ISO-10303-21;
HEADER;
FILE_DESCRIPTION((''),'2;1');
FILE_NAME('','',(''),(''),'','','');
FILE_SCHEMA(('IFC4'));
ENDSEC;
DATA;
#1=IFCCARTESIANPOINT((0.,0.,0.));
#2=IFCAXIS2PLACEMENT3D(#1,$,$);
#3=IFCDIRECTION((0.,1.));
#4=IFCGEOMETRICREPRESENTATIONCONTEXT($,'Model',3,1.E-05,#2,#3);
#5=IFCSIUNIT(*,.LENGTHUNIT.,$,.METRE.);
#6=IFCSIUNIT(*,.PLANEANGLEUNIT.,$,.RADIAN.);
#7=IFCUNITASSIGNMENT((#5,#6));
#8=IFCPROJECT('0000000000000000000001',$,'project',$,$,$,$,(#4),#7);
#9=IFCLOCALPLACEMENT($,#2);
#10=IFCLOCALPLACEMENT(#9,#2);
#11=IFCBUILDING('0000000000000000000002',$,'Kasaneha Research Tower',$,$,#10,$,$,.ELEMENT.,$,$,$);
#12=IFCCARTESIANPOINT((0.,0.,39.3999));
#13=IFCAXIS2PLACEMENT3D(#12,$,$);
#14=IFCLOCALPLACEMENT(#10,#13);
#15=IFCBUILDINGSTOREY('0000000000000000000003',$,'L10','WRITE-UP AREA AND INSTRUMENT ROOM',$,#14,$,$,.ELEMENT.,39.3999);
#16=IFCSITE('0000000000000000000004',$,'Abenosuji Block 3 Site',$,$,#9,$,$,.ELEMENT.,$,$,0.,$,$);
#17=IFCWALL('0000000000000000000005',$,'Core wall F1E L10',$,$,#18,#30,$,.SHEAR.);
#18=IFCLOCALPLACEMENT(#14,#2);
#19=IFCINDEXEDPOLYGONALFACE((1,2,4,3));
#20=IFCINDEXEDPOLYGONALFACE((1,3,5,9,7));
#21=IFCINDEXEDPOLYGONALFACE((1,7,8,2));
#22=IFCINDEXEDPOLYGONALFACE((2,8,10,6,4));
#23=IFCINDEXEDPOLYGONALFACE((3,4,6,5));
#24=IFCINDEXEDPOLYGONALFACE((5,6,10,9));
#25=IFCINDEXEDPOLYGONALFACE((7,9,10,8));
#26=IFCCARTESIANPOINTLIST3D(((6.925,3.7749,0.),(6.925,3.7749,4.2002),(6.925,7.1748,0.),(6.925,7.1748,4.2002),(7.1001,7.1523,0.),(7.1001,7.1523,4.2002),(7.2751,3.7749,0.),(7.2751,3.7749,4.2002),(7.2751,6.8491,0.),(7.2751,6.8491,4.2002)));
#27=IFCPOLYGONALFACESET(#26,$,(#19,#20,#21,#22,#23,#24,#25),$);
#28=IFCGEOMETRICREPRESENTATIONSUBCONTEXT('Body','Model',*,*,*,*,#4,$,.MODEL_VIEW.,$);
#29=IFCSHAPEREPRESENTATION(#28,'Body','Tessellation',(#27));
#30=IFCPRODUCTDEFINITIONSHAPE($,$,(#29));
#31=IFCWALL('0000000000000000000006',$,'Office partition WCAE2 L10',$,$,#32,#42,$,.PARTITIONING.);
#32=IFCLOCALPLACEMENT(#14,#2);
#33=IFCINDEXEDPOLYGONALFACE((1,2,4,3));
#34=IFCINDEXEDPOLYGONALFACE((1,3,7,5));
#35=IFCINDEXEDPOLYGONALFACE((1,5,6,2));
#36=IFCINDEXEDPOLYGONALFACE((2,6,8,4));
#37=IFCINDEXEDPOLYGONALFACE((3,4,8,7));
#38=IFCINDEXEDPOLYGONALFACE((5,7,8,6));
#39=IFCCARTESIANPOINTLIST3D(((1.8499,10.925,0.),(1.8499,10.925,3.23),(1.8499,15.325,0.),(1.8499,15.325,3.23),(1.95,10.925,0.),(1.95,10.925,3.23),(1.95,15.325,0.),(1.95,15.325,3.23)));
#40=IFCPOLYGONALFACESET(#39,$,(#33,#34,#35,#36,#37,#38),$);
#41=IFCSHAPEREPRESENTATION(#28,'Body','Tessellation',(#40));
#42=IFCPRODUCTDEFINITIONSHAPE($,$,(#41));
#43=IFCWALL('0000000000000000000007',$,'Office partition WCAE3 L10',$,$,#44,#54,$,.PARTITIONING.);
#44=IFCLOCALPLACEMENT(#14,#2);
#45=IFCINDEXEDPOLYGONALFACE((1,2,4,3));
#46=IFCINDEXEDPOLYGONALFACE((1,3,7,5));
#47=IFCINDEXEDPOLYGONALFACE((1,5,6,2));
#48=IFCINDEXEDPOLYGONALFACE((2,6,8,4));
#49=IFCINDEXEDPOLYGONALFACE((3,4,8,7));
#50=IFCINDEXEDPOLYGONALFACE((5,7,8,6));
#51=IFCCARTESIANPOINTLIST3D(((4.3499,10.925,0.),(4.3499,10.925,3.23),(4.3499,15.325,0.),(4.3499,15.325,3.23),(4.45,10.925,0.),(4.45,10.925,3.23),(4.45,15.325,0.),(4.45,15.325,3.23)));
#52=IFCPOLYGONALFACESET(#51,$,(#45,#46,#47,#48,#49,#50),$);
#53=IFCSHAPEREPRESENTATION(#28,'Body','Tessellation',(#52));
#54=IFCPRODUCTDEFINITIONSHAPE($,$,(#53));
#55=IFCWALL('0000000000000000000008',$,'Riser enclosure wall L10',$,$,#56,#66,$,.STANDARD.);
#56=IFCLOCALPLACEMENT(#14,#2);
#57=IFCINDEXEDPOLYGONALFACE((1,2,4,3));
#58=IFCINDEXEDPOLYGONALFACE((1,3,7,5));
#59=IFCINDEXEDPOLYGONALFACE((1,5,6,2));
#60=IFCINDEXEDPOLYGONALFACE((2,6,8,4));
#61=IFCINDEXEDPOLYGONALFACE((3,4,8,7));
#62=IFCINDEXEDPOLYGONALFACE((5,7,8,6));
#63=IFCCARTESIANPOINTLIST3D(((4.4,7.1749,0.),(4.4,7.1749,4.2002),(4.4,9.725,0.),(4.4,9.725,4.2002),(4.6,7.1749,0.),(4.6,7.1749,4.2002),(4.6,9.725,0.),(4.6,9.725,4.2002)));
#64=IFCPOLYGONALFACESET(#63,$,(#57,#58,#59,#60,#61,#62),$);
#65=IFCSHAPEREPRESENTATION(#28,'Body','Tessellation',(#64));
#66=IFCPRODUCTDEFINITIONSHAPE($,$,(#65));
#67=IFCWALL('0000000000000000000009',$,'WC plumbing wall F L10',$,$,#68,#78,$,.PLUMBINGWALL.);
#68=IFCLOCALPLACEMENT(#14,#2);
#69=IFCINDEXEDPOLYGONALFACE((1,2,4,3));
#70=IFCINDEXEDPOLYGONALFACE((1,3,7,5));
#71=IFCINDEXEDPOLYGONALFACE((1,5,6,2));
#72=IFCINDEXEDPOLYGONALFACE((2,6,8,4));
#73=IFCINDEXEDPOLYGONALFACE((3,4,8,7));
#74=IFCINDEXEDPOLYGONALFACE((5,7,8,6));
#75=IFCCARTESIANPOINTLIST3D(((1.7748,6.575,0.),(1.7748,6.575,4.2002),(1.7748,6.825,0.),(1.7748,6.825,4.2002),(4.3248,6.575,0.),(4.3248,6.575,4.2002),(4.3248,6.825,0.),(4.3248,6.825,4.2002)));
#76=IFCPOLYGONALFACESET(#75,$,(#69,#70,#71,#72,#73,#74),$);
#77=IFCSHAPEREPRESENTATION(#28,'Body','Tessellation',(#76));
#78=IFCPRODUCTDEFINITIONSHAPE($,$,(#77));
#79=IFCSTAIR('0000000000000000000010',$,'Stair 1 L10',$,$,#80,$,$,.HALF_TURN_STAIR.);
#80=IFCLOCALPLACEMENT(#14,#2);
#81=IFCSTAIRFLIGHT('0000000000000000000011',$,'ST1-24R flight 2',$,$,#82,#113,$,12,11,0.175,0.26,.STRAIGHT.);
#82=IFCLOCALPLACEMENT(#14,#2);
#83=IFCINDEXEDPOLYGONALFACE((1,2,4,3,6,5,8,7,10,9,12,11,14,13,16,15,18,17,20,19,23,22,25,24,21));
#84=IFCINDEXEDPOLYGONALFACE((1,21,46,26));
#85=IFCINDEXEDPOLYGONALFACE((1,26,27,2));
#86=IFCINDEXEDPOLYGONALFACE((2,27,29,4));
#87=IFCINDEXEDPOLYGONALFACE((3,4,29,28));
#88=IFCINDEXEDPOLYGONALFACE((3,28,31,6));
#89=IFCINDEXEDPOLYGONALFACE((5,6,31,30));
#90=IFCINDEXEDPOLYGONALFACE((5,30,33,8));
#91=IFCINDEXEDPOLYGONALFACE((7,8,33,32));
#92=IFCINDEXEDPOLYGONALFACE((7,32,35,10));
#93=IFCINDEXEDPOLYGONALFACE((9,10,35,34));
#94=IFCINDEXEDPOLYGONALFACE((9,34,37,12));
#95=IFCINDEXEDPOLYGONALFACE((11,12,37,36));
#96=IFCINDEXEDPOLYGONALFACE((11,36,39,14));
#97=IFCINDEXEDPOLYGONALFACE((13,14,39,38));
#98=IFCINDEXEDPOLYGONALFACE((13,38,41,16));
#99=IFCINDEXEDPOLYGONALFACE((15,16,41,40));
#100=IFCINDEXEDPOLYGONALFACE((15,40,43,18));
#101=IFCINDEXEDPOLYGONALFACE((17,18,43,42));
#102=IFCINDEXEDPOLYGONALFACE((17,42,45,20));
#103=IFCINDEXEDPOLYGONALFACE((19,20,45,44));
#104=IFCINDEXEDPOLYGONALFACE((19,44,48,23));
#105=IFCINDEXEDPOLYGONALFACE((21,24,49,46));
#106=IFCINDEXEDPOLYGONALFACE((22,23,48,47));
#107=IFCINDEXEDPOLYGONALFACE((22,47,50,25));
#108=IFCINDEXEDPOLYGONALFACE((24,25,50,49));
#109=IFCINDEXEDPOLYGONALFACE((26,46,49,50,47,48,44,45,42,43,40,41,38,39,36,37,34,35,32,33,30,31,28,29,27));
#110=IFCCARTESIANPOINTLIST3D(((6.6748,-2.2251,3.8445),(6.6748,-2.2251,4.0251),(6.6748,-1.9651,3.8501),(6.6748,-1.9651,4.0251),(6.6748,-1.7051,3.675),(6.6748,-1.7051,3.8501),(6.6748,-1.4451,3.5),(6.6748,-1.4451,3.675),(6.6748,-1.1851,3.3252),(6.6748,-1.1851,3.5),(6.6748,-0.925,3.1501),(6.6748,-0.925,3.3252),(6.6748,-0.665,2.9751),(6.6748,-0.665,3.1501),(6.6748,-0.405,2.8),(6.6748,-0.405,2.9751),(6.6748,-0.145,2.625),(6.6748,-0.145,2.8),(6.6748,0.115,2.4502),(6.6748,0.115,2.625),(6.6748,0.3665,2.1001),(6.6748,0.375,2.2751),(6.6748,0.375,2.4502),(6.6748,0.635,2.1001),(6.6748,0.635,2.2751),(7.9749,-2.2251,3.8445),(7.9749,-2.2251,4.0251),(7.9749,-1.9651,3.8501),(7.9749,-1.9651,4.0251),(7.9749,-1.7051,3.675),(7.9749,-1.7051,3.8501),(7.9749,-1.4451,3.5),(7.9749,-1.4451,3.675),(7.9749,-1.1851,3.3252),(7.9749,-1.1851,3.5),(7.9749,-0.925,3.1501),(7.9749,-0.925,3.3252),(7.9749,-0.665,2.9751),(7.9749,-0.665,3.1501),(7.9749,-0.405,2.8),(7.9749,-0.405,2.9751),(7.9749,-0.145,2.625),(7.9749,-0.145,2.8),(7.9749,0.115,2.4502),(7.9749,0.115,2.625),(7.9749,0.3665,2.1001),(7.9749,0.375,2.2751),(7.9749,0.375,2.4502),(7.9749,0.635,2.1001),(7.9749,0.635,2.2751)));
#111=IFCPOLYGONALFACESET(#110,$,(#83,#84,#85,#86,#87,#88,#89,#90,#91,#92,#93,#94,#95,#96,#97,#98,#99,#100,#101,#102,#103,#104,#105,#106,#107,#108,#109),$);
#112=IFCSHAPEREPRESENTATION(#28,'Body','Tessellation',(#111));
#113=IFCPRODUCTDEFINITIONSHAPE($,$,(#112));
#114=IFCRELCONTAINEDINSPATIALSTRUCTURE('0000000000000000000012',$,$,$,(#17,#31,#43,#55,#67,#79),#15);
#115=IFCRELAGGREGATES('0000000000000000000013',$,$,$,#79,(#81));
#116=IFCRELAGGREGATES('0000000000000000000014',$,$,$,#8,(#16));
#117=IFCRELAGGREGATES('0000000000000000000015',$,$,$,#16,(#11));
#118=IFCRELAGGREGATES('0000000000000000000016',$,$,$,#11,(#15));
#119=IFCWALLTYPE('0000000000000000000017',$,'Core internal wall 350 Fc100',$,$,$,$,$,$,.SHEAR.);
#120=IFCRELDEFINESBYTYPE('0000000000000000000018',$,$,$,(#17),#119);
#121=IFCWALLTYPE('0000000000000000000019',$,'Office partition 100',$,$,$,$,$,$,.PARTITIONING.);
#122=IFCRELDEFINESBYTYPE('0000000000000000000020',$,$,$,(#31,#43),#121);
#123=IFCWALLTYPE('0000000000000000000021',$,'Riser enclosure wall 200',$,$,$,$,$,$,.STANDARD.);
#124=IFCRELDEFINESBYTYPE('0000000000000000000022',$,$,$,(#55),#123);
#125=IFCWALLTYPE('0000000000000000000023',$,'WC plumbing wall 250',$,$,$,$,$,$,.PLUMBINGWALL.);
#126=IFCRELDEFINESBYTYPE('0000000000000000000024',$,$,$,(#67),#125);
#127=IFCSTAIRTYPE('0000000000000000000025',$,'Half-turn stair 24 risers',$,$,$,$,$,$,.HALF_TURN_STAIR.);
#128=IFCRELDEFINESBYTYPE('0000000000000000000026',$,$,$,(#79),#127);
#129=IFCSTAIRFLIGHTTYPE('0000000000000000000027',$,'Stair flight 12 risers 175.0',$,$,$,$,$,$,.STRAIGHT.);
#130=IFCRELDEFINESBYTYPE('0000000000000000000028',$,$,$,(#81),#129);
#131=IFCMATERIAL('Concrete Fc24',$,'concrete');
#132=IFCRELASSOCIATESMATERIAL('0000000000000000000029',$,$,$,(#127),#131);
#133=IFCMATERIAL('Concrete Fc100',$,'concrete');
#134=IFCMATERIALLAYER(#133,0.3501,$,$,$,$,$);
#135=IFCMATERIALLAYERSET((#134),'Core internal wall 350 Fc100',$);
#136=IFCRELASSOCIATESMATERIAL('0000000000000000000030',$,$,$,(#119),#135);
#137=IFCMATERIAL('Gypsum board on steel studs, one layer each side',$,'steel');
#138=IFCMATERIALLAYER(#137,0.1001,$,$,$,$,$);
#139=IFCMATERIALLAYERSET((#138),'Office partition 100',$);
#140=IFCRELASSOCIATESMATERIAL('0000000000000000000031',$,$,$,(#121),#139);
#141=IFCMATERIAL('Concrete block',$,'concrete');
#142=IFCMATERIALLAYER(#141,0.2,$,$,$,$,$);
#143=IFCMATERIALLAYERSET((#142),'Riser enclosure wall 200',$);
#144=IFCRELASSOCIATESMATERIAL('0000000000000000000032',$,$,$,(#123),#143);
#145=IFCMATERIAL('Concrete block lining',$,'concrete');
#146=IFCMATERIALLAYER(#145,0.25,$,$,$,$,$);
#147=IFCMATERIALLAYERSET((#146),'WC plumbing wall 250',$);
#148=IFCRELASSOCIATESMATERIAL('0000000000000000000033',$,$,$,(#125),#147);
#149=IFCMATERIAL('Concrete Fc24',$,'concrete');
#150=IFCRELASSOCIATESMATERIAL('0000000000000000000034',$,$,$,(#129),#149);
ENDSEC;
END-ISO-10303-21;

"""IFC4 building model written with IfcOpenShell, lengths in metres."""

from ifc_helpers import new_model, si_unit, direction, frame, frame_2d, origin, place, context, subcontext, project, spatial, polyline, rectangle, outline, extrude, material, layer, layer_set, type_object, element, aggregate, save


model = new_model("IFC4")

# Units and contexts
model_context = context("Model", 3, precision=1e-05, world=origin(), true_north=direction((0.0, 1.0)))
body_context = subcontext(model_context, "Body", "Model", "MODEL_VIEW")
ifc_project = project(units=[si_unit("LENGTHUNIT", "METRE"), si_unit("PLANEANGLEUNIT", "RADIAN")], contexts=[model_context])

# Site, building, storey
site_placement = place(None, origin())
site = spatial("IfcSite", under=ifc_project, at=site_placement, Name="Abenosuji Block 3 Site", CompositionType="ELEMENT", RefElevation=0.0)
building_placement = place(site_placement, origin())
building = spatial("IfcBuilding", under=site, at=building_placement, Name="Kasaneha Research Tower", CompositionType="ELEMENT")
storey_placement = place(building_placement, frame((0.0, 0.0, 39.3999)))
storey = spatial("IfcBuildingStorey", under=building, at=storey_placement, Name="L10", Description="WRITE-UP AREA AND INSTRUMENT ROOM", CompositionType="ELEMENT", Elevation=39.3999)

# Shared definitions
ifc_material_1 = material(Name="Concrete Fc24", Category="concrete")
stair_type = type_object("IfcStairType", Name="Half-turn stair 24 risers", PredefinedType="HALF_TURN_STAIR", material=ifc_material_1)

# Shared definitions
ifc_material_2 = material(Name="Concrete Fc100", Category="concrete")
ifc_layer_1 = layer(ifc_material_2, 0.3501)
ifc_layer_set_1 = layer_set([ifc_layer_1], Name="Core internal wall 350 Fc100")
wall_type_1 = type_object("IfcWallType", Name="Core internal wall 350 Fc100", PredefinedType="SHEAR", material=ifc_layer_set_1)

# Wall
wall_1_placement = place(storey_placement, frame((7.1001, 3.7749, 0.0), z_axis=(0.0, 0.0, 1.0), x_axis=(0.0, 1.0, 0.0)))
element("IfcWall", 1, at=wall_1_placement, inside=storey, type_object=wall_type_1, Name="Core wall F1E L10", PredefinedType="SHEAR", context=body_context, shape_type="SweptSolid", body=[
    extrude(outline(polyline([(0.0, -0.175), (3.0742, -0.175), (3.3774, 0.0), (3.3999, 0.175), (0.0, 0.175), (0.0, -0.175)])), origin(), (0.0, 0.0, 1.0), 4.2002),
])

# Walls
ifc_material_3 = material(Name="Gypsum board on steel studs, one layer each side", Category="steel")
ifc_layer_2 = layer(ifc_material_3, 0.1001)
ifc_layer_set_2 = layer_set([ifc_layer_2], Name="Office partition 100")
wall_type_2 = type_object("IfcWallType", Name="Office partition 100", PredefinedType="PARTITIONING", material=ifc_layer_set_2)
for number, where, z_axis, x_axis, name in (
    (2, (1.8999, 10.925, 0.0), (0.0, 0.0, 1.0), (0.0, 1.0, 0.0), "Office partition WCAE2 L10"),
    (3, (4.3999, 10.925, 0.0), (0.0, 0.0, 1.0), (0.0, 1.0, 0.0), "Office partition WCAE3 L10"),
):
    element("IfcWall", number, at=place(storey_placement, frame(where, z_axis=z_axis, x_axis=x_axis)), inside=storey, type_object=wall_type_2, Name=name, PredefinedType="PARTITIONING", context=body_context, shape_type="SweptSolid", body=[
        extrude(rectangle(XDim=4.3999, YDim=0.1001, at=frame_2d((2.2, 0.0))), origin(), (0.0, 0.0, 1.0), 3.23),
    ])
ifc_material_4 = material(Name="Concrete block", Category="concrete")
ifc_layer_3 = layer(ifc_material_4, 0.2)
ifc_layer_set_3 = layer_set([ifc_layer_3], Name="Riser enclosure wall 200")
wall_type_3 = type_object("IfcWallType", Name="Riser enclosure wall 200", PredefinedType="STANDARD", material=ifc_layer_set_3)
wall_2_placement = place(storey_placement, frame((4.5, 7.175, 0.0), z_axis=(0.0, 0.0, 1.0), x_axis=(0.0, 1.0, 0.0)))
element("IfcWall", 4, at=wall_2_placement, inside=storey, type_object=wall_type_3, Name="Riser enclosure wall L10", PredefinedType="STANDARD", context=body_context, shape_type="SweptSolid", body=[
    extrude(rectangle(XDim=2.55, YDim=0.2, at=frame_2d((1.2749, 0.0))), origin(), (0.0, 0.0, 1.0), 4.2002),
])
ifc_material_5 = material(Name="Concrete block lining", Category="concrete")
ifc_layer_4 = layer(ifc_material_5, 0.25)
ifc_layer_set_4 = layer_set([ifc_layer_4], Name="WC plumbing wall 250")
wall_type_4 = type_object("IfcWallType", Name="WC plumbing wall 250", PredefinedType="PLUMBINGWALL", material=ifc_layer_set_4)
wall_3_placement = place(storey_placement, frame((1.7749, 6.7, 0.0), z_axis=(0.0, 0.0, 1.0), x_axis=(1.0, 0.0, 0.0)))
element("IfcWall", 5, at=wall_3_placement, inside=storey, type_object=wall_type_4, Name="WC plumbing wall F L10", PredefinedType="PLUMBINGWALL", context=body_context, shape_type="SweptSolid", body=[
    extrude(rectangle(XDim=2.55, YDim=0.25, at=frame_2d((1.2749, 0.0))), origin(), (0.0, 0.0, 1.0), 4.2002),
])

# Stair, stair flight
stair_1_placement = place(storey_placement, origin())
stair_1 = element("IfcStair", 6, at=stair_1_placement, inside=storey, type_object=stair_type, Name="Stair 1 L10", PredefinedType="HALF_TURN_STAIR")
ifc_material_6 = material(Name="Concrete Fc24", Category="concrete")
stair_flight_type = type_object("IfcStairFlightType", Name="Stair flight 12 risers 175.0", PredefinedType="STRAIGHT", material=ifc_material_6)
stair_flight_placement = place(storey_placement, frame((7.325, 0.635, 2.1001), z_axis=(0.0, 0.0, 1.0), x_axis=(0.0, -1.0, 0.0)))
stair_flight = element("IfcStairFlight", 7, at=stair_flight_placement, type_object=stair_flight_type, Name="ST1-24R flight 2", NumberOfRisers=12, NumberOfTreads=11, PredefinedType="STRAIGHT", RiserHeight=0.175, TreadLength=0.26, context=body_context, shape_type="SweptSolid", body=[
    extrude(outline(polyline([(0.0, 0.0), (0.0, 0.175), (0.26, 0.175), (0.26, 0.3501), (0.52, 0.3501), (0.52, 0.5249), (0.78, 0.5249), (0.78, 0.7), (1.04, 0.7), (1.04, 0.875), (1.3, 0.875), (1.3, 1.05), (1.5601, 1.05), (1.5601, 1.2251), (1.8201, 1.2251), (1.8201, 1.3999), (2.0801, 1.3999), (2.0801, 1.575), (2.3401, 1.575), (2.3401, 1.75), (2.6001, 1.75), (2.6001, 1.925), (2.8601, 1.925), (2.8601, 2.1001), (2.8601, 1.7444), (0.2686, 0.0), (0.0, 0.0)])), frame((0.0, 0.6499, 0.0), z_axis=(0.0, -1.0, 0.0), x_axis=(1.0, 0.0, 0.0)), (0.0, 0.0, 1.0), 1.3),
])
aggregate(stair_1, [stair_flight])

save(model, "model.ifc")
